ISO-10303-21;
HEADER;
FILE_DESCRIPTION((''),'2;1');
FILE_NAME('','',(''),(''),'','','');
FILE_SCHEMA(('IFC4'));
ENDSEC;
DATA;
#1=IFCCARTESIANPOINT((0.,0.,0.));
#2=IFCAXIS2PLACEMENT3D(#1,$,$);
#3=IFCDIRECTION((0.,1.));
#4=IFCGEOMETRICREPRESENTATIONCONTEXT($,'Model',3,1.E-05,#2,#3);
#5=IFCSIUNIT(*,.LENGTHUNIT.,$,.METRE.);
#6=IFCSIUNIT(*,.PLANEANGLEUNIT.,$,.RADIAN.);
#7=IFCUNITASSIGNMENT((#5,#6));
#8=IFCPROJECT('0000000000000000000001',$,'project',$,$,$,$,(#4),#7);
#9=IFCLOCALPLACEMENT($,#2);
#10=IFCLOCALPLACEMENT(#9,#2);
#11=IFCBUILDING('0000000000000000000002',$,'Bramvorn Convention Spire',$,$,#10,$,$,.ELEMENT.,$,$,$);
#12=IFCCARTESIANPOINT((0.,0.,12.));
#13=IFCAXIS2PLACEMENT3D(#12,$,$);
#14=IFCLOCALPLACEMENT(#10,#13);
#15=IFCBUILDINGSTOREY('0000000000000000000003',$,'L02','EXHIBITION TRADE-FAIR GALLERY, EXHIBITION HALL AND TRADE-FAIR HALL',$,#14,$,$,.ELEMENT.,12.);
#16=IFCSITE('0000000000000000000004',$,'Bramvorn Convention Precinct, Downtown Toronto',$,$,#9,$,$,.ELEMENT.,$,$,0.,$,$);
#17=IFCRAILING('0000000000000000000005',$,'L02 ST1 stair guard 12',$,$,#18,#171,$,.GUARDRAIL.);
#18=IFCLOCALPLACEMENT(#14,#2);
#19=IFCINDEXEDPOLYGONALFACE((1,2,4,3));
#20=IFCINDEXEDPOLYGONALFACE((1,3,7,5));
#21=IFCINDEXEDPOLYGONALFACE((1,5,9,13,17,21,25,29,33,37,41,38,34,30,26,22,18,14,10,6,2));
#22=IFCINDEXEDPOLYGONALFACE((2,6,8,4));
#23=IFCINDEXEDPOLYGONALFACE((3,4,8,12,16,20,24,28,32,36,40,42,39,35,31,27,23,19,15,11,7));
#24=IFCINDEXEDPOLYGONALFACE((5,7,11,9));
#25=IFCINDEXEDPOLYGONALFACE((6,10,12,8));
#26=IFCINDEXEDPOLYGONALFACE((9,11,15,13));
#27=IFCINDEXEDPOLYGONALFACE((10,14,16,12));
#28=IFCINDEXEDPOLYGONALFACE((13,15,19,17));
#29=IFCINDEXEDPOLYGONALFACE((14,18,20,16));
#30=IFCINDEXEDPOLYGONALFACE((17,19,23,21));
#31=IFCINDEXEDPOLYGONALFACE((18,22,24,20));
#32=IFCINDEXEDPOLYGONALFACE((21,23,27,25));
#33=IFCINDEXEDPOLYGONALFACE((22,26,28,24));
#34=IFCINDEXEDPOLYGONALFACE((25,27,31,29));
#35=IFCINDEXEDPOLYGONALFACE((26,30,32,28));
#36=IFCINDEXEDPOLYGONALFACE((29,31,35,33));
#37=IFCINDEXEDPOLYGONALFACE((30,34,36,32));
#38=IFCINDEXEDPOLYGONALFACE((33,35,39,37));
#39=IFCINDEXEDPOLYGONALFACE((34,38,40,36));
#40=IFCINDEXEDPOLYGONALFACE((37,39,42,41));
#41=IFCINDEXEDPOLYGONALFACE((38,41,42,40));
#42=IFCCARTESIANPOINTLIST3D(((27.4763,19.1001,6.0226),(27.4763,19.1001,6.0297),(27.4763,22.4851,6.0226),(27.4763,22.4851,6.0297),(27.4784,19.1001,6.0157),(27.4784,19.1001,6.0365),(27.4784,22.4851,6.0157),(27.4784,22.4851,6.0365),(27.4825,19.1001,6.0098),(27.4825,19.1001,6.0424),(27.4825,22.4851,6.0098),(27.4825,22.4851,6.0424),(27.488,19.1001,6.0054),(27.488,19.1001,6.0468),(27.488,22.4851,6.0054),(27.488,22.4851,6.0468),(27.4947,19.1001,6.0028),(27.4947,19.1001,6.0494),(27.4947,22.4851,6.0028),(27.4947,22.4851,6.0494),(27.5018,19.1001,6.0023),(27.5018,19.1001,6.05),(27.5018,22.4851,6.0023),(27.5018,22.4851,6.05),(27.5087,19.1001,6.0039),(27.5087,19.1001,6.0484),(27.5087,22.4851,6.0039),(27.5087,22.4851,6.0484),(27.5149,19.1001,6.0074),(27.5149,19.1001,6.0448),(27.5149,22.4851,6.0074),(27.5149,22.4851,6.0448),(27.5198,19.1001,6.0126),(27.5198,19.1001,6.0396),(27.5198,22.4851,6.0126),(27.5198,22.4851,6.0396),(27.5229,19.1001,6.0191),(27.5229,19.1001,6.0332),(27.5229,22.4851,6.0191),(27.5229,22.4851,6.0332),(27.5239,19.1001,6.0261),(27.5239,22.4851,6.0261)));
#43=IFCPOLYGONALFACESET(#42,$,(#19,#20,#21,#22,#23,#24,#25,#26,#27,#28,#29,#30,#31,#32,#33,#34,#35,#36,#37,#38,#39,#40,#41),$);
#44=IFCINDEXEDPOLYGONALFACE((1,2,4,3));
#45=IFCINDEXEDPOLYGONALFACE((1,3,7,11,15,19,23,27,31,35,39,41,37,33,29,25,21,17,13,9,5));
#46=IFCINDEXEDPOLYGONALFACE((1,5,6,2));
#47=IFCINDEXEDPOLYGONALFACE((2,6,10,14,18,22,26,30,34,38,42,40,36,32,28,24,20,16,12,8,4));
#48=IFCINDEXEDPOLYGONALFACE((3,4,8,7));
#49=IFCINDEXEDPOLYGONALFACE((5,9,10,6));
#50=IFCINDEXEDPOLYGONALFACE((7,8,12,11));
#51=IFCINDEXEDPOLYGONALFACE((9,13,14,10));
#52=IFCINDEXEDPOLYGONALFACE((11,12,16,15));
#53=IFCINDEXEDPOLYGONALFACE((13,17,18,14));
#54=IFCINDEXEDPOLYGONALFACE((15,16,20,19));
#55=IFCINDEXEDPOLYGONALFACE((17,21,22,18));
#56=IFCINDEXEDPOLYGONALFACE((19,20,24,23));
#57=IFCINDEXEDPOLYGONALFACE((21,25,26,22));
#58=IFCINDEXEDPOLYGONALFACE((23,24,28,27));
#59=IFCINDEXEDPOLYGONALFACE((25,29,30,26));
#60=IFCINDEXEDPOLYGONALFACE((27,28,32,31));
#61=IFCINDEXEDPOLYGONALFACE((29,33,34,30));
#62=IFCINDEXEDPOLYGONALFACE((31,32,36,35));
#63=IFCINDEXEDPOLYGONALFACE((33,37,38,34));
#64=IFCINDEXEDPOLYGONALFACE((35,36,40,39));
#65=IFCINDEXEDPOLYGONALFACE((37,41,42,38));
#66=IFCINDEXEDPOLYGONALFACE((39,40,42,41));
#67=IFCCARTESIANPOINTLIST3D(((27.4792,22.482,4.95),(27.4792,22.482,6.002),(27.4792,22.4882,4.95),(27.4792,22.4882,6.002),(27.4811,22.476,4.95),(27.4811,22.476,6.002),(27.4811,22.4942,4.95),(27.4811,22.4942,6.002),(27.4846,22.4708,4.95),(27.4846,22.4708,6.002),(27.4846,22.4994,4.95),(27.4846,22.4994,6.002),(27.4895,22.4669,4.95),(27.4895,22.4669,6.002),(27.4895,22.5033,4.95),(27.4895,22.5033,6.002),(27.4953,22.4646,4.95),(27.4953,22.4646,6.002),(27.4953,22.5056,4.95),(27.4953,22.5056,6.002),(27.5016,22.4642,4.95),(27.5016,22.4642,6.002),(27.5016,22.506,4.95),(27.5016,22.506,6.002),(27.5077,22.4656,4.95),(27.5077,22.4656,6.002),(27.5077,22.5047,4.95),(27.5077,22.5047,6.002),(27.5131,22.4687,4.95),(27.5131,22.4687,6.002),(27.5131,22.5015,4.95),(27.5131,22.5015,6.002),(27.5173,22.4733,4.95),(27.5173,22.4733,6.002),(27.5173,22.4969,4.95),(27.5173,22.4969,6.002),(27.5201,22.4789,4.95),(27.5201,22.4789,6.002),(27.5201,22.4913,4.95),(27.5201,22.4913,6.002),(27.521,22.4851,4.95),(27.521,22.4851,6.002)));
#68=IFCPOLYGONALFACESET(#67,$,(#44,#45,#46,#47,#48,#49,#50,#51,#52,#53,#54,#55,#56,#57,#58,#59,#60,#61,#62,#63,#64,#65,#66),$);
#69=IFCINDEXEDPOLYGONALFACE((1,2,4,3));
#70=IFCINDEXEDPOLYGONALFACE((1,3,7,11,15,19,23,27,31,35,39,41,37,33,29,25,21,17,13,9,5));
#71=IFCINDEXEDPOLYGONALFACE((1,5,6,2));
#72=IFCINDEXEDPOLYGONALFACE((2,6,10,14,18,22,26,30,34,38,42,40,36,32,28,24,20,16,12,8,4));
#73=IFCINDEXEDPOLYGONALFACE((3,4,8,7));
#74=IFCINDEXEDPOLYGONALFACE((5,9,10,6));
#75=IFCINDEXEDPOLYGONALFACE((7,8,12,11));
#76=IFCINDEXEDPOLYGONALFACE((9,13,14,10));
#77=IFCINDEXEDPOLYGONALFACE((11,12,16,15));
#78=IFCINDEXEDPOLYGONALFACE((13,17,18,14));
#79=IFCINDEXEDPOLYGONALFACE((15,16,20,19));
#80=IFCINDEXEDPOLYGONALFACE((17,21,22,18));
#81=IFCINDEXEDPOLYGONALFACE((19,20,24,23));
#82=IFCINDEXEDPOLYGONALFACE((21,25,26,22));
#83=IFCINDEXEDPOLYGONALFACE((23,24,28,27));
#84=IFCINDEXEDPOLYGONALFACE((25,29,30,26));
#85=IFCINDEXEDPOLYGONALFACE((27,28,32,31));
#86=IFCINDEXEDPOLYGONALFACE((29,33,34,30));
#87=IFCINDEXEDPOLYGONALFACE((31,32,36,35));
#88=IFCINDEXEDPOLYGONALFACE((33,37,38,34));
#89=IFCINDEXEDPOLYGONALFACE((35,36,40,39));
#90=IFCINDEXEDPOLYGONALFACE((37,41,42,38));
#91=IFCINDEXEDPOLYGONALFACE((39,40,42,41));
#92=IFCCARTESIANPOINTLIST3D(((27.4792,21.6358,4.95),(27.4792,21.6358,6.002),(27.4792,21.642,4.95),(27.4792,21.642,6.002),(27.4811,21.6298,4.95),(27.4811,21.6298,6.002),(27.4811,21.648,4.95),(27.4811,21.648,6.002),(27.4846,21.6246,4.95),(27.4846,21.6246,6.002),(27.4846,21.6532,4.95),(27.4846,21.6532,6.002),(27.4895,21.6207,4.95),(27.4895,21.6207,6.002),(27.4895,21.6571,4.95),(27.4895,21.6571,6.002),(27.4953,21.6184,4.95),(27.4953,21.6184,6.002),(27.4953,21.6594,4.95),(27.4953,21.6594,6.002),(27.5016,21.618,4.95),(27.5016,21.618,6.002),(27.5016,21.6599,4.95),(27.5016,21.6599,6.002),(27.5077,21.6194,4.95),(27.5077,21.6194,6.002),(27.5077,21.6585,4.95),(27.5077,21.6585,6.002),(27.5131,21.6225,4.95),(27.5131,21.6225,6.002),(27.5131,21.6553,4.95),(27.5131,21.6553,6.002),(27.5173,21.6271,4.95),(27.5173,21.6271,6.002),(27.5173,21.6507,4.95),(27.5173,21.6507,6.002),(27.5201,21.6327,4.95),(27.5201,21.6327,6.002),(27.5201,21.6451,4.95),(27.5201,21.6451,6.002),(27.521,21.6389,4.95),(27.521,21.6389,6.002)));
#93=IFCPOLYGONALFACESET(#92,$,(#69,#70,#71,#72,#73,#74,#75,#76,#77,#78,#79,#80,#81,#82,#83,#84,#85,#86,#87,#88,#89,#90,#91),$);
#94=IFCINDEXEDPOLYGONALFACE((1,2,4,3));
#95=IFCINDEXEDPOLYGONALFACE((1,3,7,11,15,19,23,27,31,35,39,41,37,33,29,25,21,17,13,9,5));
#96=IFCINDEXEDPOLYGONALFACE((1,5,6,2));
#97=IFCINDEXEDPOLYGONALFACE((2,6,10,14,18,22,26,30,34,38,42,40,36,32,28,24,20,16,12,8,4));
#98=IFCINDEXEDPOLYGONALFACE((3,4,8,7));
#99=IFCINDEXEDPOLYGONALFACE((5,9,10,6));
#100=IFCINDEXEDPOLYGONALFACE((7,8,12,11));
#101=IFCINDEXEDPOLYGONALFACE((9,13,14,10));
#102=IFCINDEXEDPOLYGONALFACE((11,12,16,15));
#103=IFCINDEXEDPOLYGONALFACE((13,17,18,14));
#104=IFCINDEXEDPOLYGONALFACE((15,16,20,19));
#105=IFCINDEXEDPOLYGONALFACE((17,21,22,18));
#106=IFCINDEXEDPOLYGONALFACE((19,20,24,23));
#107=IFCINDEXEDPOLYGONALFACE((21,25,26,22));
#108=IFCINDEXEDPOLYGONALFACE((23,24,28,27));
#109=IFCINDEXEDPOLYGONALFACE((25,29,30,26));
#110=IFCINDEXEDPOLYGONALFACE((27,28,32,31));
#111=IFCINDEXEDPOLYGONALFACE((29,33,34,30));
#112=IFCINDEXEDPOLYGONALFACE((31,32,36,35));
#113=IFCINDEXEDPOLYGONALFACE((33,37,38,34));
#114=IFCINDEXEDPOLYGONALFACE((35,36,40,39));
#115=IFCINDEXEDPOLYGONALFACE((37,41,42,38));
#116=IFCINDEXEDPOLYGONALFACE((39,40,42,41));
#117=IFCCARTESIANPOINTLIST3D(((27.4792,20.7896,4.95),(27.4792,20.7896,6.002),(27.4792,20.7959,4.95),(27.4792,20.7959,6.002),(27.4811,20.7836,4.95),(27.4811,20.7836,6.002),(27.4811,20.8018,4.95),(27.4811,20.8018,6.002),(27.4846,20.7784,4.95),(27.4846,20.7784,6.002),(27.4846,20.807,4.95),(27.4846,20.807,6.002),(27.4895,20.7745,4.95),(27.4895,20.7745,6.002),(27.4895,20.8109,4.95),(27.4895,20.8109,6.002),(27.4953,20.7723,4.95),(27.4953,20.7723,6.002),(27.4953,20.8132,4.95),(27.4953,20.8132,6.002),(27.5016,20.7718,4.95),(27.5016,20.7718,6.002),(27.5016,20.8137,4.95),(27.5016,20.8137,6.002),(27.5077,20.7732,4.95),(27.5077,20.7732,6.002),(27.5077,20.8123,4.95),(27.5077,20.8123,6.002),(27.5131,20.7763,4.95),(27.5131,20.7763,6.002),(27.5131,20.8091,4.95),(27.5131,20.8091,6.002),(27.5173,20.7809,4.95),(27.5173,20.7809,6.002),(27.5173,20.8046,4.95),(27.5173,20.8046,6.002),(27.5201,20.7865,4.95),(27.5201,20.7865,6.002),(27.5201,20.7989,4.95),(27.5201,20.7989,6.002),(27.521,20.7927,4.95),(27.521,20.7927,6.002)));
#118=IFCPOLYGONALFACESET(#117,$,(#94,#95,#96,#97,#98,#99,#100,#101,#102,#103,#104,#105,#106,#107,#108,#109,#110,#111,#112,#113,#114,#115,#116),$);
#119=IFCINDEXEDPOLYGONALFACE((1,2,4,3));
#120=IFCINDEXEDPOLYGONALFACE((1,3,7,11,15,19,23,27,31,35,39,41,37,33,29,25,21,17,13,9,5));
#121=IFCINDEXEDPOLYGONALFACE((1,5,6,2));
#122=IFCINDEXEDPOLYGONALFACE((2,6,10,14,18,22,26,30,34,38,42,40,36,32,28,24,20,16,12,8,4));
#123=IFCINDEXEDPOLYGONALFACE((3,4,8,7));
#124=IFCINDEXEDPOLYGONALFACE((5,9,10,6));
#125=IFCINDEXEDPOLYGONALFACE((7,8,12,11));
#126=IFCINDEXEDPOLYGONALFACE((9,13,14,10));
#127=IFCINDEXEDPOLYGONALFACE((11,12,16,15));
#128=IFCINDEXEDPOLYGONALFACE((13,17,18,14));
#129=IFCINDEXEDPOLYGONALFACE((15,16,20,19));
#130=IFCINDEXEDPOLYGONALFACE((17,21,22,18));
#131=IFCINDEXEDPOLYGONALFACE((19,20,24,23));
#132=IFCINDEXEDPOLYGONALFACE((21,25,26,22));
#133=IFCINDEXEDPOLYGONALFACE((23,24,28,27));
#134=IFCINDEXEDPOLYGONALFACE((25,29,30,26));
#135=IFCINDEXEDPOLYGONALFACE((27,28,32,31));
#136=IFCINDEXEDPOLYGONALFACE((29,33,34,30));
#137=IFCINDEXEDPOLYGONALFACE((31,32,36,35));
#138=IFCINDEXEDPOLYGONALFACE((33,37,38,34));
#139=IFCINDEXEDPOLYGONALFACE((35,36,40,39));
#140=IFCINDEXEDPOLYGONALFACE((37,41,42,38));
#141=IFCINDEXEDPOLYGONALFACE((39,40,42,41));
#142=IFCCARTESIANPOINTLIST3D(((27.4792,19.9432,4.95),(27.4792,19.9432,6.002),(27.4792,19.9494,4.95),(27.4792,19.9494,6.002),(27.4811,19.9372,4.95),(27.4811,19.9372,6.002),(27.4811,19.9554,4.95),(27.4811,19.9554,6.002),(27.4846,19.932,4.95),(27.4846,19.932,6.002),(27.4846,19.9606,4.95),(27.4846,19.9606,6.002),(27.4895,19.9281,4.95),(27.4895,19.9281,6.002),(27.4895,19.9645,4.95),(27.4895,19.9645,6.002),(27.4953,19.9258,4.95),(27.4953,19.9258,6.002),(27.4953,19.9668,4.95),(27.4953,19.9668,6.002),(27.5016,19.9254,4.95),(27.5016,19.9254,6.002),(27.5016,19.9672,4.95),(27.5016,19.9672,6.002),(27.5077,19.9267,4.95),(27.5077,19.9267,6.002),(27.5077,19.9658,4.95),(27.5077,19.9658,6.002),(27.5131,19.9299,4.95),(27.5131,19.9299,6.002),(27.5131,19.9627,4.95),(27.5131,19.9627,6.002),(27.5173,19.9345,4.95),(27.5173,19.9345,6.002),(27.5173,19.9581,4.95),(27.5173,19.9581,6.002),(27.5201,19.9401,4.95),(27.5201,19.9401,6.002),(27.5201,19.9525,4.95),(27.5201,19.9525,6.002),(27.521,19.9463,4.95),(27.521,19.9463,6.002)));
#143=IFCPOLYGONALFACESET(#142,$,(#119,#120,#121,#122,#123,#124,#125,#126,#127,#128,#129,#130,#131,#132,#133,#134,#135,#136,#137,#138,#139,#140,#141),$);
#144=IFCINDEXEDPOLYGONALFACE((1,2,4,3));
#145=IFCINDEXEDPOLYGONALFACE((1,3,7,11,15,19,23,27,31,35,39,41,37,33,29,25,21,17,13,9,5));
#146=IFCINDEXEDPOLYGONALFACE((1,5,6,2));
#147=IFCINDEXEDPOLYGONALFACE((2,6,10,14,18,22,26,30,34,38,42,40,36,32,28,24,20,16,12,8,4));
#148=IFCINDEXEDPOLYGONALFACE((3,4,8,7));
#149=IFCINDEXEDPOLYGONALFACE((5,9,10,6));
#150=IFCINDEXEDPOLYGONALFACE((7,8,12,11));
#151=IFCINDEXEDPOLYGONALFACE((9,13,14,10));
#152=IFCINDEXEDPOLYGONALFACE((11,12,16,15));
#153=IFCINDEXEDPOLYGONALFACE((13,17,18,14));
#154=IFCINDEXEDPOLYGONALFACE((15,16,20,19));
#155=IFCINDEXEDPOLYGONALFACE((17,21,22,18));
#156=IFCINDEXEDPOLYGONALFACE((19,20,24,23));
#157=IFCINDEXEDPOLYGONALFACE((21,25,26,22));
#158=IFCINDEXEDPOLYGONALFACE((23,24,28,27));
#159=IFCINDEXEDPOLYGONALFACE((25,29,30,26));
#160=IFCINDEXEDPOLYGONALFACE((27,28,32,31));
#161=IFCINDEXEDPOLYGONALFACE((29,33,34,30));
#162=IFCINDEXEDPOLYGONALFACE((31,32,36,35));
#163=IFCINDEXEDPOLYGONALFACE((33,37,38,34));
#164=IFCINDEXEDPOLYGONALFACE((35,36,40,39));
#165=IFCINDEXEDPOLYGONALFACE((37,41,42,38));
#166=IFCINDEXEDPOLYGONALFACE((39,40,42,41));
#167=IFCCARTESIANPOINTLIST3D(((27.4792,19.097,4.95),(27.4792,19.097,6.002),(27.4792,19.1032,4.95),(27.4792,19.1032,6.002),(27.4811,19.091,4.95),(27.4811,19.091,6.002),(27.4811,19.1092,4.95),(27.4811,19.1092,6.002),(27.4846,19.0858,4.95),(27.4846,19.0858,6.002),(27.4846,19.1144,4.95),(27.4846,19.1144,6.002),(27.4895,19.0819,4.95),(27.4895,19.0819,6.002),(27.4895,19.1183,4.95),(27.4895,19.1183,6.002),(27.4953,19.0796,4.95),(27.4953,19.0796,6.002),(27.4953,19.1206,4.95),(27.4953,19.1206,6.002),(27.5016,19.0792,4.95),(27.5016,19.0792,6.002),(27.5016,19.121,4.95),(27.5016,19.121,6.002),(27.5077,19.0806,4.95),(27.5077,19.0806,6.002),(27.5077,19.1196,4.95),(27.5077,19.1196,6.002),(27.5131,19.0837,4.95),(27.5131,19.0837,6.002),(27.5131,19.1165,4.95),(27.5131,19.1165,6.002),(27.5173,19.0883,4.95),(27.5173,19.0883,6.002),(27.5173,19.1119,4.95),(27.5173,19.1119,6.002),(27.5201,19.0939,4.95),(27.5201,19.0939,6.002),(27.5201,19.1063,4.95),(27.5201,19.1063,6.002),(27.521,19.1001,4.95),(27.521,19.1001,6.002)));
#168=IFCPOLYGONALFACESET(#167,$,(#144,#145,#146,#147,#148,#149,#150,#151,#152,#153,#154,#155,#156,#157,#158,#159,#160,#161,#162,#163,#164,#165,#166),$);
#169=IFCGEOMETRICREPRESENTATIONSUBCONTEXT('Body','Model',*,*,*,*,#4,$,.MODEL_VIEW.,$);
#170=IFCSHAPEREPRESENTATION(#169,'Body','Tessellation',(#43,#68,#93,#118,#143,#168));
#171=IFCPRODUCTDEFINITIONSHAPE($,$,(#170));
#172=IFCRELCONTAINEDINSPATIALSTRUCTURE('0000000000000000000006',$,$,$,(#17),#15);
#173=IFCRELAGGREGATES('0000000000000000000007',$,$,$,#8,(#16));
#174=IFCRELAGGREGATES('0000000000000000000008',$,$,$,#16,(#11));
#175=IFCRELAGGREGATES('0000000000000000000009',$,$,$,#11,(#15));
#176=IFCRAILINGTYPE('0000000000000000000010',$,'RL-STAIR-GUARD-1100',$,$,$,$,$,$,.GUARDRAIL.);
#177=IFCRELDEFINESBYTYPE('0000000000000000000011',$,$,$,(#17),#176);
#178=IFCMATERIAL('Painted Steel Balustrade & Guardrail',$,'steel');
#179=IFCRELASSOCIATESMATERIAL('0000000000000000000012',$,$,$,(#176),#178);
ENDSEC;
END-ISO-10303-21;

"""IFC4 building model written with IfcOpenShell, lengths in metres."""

from ifc_helpers import new_model, si_unit, direction, frame, origin, origin_2d, place, context, subcontext, project, spatial, circle, extrude, material, type_object, element, save


model = new_model("IFC4")

# Units and contexts
model_context = context("Model", 3, precision=1e-05, world=origin(), true_north=direction((0.0, 1.0)))
body_context = subcontext(model_context, "Body", "Model", "MODEL_VIEW")
ifc_project = project(units=[si_unit("LENGTHUNIT", "METRE"), si_unit("PLANEANGLEUNIT", "RADIAN")], contexts=[model_context])

# Site, building, storey
site_placement = place(None, origin())
site = spatial("IfcSite", under=ifc_project, at=site_placement, Name="Bramvorn Convention Precinct, Downtown Toronto", CompositionType="ELEMENT", RefElevation=0.0)
building_placement = place(site_placement, origin())
building = spatial("IfcBuilding", under=site, at=building_placement, Name="Bramvorn Convention Spire", CompositionType="ELEMENT")
storey_placement = place(building_placement, frame((0.0, 0.0, 12.0)))
storey = spatial("IfcBuildingStorey", under=building, at=storey_placement, Name="L02", Description="EXHIBITION TRADE-FAIR GALLERY, EXHIBITION HALL AND TRADE-FAIR HALL", CompositionType="ELEMENT", Elevation=12.0)

# Railing
ifc_material_1 = material(Name="Painted Steel Balustrade & Guardrail", Category="steel")
railing_type = type_object("IfcRailingType", Name="RL-STAIR-GUARD-1100", PredefinedType="GUARDRAIL", material=ifc_material_1)
railing_1_placement = place(storey_placement, frame((27.5, 22.4851, 4.95)))
element("IfcRailing", 1, at=railing_1_placement, inside=storey, type_object=railing_type, Name="L02 ST1 stair guard 12", PredefinedType="GUARDRAIL", context=body_context, shape_type="SweptSolid", body=[
    extrude(circle(Radius=0.0239, at=origin_2d()), frame((0.0, 0.0, 1.0762), z_axis=(0.0, -1.0, 0.0), x_axis=(1.0, 0.0, 0.0)), (0.0, 0.0, 1.0), 3.385),
    extrude(circle(Radius=0.021, at=origin_2d()), origin(), (0.0, 0.0, 1.0), 1.052),
    extrude(circle(Radius=0.021, at=origin_2d()), frame((0.0, -0.8462, 0.0)), (0.0, 0.0, 1.0), 1.052),
    extrude(circle(Radius=0.021, at=origin_2d()), frame((0.0, -1.6924, 0.0)), (0.0, 0.0, 1.0), 1.052),
    extrude(circle(Radius=0.021, at=origin_2d()), frame((0.0, -2.5388, 0.0)), (0.0, 0.0, 1.0), 1.052),
    extrude(circle(Radius=0.021, at=origin_2d()), frame((0.0, -3.385, 0.0)), (0.0, 0.0, 1.0), 1.052),
])

save(model, "model.ifc")
